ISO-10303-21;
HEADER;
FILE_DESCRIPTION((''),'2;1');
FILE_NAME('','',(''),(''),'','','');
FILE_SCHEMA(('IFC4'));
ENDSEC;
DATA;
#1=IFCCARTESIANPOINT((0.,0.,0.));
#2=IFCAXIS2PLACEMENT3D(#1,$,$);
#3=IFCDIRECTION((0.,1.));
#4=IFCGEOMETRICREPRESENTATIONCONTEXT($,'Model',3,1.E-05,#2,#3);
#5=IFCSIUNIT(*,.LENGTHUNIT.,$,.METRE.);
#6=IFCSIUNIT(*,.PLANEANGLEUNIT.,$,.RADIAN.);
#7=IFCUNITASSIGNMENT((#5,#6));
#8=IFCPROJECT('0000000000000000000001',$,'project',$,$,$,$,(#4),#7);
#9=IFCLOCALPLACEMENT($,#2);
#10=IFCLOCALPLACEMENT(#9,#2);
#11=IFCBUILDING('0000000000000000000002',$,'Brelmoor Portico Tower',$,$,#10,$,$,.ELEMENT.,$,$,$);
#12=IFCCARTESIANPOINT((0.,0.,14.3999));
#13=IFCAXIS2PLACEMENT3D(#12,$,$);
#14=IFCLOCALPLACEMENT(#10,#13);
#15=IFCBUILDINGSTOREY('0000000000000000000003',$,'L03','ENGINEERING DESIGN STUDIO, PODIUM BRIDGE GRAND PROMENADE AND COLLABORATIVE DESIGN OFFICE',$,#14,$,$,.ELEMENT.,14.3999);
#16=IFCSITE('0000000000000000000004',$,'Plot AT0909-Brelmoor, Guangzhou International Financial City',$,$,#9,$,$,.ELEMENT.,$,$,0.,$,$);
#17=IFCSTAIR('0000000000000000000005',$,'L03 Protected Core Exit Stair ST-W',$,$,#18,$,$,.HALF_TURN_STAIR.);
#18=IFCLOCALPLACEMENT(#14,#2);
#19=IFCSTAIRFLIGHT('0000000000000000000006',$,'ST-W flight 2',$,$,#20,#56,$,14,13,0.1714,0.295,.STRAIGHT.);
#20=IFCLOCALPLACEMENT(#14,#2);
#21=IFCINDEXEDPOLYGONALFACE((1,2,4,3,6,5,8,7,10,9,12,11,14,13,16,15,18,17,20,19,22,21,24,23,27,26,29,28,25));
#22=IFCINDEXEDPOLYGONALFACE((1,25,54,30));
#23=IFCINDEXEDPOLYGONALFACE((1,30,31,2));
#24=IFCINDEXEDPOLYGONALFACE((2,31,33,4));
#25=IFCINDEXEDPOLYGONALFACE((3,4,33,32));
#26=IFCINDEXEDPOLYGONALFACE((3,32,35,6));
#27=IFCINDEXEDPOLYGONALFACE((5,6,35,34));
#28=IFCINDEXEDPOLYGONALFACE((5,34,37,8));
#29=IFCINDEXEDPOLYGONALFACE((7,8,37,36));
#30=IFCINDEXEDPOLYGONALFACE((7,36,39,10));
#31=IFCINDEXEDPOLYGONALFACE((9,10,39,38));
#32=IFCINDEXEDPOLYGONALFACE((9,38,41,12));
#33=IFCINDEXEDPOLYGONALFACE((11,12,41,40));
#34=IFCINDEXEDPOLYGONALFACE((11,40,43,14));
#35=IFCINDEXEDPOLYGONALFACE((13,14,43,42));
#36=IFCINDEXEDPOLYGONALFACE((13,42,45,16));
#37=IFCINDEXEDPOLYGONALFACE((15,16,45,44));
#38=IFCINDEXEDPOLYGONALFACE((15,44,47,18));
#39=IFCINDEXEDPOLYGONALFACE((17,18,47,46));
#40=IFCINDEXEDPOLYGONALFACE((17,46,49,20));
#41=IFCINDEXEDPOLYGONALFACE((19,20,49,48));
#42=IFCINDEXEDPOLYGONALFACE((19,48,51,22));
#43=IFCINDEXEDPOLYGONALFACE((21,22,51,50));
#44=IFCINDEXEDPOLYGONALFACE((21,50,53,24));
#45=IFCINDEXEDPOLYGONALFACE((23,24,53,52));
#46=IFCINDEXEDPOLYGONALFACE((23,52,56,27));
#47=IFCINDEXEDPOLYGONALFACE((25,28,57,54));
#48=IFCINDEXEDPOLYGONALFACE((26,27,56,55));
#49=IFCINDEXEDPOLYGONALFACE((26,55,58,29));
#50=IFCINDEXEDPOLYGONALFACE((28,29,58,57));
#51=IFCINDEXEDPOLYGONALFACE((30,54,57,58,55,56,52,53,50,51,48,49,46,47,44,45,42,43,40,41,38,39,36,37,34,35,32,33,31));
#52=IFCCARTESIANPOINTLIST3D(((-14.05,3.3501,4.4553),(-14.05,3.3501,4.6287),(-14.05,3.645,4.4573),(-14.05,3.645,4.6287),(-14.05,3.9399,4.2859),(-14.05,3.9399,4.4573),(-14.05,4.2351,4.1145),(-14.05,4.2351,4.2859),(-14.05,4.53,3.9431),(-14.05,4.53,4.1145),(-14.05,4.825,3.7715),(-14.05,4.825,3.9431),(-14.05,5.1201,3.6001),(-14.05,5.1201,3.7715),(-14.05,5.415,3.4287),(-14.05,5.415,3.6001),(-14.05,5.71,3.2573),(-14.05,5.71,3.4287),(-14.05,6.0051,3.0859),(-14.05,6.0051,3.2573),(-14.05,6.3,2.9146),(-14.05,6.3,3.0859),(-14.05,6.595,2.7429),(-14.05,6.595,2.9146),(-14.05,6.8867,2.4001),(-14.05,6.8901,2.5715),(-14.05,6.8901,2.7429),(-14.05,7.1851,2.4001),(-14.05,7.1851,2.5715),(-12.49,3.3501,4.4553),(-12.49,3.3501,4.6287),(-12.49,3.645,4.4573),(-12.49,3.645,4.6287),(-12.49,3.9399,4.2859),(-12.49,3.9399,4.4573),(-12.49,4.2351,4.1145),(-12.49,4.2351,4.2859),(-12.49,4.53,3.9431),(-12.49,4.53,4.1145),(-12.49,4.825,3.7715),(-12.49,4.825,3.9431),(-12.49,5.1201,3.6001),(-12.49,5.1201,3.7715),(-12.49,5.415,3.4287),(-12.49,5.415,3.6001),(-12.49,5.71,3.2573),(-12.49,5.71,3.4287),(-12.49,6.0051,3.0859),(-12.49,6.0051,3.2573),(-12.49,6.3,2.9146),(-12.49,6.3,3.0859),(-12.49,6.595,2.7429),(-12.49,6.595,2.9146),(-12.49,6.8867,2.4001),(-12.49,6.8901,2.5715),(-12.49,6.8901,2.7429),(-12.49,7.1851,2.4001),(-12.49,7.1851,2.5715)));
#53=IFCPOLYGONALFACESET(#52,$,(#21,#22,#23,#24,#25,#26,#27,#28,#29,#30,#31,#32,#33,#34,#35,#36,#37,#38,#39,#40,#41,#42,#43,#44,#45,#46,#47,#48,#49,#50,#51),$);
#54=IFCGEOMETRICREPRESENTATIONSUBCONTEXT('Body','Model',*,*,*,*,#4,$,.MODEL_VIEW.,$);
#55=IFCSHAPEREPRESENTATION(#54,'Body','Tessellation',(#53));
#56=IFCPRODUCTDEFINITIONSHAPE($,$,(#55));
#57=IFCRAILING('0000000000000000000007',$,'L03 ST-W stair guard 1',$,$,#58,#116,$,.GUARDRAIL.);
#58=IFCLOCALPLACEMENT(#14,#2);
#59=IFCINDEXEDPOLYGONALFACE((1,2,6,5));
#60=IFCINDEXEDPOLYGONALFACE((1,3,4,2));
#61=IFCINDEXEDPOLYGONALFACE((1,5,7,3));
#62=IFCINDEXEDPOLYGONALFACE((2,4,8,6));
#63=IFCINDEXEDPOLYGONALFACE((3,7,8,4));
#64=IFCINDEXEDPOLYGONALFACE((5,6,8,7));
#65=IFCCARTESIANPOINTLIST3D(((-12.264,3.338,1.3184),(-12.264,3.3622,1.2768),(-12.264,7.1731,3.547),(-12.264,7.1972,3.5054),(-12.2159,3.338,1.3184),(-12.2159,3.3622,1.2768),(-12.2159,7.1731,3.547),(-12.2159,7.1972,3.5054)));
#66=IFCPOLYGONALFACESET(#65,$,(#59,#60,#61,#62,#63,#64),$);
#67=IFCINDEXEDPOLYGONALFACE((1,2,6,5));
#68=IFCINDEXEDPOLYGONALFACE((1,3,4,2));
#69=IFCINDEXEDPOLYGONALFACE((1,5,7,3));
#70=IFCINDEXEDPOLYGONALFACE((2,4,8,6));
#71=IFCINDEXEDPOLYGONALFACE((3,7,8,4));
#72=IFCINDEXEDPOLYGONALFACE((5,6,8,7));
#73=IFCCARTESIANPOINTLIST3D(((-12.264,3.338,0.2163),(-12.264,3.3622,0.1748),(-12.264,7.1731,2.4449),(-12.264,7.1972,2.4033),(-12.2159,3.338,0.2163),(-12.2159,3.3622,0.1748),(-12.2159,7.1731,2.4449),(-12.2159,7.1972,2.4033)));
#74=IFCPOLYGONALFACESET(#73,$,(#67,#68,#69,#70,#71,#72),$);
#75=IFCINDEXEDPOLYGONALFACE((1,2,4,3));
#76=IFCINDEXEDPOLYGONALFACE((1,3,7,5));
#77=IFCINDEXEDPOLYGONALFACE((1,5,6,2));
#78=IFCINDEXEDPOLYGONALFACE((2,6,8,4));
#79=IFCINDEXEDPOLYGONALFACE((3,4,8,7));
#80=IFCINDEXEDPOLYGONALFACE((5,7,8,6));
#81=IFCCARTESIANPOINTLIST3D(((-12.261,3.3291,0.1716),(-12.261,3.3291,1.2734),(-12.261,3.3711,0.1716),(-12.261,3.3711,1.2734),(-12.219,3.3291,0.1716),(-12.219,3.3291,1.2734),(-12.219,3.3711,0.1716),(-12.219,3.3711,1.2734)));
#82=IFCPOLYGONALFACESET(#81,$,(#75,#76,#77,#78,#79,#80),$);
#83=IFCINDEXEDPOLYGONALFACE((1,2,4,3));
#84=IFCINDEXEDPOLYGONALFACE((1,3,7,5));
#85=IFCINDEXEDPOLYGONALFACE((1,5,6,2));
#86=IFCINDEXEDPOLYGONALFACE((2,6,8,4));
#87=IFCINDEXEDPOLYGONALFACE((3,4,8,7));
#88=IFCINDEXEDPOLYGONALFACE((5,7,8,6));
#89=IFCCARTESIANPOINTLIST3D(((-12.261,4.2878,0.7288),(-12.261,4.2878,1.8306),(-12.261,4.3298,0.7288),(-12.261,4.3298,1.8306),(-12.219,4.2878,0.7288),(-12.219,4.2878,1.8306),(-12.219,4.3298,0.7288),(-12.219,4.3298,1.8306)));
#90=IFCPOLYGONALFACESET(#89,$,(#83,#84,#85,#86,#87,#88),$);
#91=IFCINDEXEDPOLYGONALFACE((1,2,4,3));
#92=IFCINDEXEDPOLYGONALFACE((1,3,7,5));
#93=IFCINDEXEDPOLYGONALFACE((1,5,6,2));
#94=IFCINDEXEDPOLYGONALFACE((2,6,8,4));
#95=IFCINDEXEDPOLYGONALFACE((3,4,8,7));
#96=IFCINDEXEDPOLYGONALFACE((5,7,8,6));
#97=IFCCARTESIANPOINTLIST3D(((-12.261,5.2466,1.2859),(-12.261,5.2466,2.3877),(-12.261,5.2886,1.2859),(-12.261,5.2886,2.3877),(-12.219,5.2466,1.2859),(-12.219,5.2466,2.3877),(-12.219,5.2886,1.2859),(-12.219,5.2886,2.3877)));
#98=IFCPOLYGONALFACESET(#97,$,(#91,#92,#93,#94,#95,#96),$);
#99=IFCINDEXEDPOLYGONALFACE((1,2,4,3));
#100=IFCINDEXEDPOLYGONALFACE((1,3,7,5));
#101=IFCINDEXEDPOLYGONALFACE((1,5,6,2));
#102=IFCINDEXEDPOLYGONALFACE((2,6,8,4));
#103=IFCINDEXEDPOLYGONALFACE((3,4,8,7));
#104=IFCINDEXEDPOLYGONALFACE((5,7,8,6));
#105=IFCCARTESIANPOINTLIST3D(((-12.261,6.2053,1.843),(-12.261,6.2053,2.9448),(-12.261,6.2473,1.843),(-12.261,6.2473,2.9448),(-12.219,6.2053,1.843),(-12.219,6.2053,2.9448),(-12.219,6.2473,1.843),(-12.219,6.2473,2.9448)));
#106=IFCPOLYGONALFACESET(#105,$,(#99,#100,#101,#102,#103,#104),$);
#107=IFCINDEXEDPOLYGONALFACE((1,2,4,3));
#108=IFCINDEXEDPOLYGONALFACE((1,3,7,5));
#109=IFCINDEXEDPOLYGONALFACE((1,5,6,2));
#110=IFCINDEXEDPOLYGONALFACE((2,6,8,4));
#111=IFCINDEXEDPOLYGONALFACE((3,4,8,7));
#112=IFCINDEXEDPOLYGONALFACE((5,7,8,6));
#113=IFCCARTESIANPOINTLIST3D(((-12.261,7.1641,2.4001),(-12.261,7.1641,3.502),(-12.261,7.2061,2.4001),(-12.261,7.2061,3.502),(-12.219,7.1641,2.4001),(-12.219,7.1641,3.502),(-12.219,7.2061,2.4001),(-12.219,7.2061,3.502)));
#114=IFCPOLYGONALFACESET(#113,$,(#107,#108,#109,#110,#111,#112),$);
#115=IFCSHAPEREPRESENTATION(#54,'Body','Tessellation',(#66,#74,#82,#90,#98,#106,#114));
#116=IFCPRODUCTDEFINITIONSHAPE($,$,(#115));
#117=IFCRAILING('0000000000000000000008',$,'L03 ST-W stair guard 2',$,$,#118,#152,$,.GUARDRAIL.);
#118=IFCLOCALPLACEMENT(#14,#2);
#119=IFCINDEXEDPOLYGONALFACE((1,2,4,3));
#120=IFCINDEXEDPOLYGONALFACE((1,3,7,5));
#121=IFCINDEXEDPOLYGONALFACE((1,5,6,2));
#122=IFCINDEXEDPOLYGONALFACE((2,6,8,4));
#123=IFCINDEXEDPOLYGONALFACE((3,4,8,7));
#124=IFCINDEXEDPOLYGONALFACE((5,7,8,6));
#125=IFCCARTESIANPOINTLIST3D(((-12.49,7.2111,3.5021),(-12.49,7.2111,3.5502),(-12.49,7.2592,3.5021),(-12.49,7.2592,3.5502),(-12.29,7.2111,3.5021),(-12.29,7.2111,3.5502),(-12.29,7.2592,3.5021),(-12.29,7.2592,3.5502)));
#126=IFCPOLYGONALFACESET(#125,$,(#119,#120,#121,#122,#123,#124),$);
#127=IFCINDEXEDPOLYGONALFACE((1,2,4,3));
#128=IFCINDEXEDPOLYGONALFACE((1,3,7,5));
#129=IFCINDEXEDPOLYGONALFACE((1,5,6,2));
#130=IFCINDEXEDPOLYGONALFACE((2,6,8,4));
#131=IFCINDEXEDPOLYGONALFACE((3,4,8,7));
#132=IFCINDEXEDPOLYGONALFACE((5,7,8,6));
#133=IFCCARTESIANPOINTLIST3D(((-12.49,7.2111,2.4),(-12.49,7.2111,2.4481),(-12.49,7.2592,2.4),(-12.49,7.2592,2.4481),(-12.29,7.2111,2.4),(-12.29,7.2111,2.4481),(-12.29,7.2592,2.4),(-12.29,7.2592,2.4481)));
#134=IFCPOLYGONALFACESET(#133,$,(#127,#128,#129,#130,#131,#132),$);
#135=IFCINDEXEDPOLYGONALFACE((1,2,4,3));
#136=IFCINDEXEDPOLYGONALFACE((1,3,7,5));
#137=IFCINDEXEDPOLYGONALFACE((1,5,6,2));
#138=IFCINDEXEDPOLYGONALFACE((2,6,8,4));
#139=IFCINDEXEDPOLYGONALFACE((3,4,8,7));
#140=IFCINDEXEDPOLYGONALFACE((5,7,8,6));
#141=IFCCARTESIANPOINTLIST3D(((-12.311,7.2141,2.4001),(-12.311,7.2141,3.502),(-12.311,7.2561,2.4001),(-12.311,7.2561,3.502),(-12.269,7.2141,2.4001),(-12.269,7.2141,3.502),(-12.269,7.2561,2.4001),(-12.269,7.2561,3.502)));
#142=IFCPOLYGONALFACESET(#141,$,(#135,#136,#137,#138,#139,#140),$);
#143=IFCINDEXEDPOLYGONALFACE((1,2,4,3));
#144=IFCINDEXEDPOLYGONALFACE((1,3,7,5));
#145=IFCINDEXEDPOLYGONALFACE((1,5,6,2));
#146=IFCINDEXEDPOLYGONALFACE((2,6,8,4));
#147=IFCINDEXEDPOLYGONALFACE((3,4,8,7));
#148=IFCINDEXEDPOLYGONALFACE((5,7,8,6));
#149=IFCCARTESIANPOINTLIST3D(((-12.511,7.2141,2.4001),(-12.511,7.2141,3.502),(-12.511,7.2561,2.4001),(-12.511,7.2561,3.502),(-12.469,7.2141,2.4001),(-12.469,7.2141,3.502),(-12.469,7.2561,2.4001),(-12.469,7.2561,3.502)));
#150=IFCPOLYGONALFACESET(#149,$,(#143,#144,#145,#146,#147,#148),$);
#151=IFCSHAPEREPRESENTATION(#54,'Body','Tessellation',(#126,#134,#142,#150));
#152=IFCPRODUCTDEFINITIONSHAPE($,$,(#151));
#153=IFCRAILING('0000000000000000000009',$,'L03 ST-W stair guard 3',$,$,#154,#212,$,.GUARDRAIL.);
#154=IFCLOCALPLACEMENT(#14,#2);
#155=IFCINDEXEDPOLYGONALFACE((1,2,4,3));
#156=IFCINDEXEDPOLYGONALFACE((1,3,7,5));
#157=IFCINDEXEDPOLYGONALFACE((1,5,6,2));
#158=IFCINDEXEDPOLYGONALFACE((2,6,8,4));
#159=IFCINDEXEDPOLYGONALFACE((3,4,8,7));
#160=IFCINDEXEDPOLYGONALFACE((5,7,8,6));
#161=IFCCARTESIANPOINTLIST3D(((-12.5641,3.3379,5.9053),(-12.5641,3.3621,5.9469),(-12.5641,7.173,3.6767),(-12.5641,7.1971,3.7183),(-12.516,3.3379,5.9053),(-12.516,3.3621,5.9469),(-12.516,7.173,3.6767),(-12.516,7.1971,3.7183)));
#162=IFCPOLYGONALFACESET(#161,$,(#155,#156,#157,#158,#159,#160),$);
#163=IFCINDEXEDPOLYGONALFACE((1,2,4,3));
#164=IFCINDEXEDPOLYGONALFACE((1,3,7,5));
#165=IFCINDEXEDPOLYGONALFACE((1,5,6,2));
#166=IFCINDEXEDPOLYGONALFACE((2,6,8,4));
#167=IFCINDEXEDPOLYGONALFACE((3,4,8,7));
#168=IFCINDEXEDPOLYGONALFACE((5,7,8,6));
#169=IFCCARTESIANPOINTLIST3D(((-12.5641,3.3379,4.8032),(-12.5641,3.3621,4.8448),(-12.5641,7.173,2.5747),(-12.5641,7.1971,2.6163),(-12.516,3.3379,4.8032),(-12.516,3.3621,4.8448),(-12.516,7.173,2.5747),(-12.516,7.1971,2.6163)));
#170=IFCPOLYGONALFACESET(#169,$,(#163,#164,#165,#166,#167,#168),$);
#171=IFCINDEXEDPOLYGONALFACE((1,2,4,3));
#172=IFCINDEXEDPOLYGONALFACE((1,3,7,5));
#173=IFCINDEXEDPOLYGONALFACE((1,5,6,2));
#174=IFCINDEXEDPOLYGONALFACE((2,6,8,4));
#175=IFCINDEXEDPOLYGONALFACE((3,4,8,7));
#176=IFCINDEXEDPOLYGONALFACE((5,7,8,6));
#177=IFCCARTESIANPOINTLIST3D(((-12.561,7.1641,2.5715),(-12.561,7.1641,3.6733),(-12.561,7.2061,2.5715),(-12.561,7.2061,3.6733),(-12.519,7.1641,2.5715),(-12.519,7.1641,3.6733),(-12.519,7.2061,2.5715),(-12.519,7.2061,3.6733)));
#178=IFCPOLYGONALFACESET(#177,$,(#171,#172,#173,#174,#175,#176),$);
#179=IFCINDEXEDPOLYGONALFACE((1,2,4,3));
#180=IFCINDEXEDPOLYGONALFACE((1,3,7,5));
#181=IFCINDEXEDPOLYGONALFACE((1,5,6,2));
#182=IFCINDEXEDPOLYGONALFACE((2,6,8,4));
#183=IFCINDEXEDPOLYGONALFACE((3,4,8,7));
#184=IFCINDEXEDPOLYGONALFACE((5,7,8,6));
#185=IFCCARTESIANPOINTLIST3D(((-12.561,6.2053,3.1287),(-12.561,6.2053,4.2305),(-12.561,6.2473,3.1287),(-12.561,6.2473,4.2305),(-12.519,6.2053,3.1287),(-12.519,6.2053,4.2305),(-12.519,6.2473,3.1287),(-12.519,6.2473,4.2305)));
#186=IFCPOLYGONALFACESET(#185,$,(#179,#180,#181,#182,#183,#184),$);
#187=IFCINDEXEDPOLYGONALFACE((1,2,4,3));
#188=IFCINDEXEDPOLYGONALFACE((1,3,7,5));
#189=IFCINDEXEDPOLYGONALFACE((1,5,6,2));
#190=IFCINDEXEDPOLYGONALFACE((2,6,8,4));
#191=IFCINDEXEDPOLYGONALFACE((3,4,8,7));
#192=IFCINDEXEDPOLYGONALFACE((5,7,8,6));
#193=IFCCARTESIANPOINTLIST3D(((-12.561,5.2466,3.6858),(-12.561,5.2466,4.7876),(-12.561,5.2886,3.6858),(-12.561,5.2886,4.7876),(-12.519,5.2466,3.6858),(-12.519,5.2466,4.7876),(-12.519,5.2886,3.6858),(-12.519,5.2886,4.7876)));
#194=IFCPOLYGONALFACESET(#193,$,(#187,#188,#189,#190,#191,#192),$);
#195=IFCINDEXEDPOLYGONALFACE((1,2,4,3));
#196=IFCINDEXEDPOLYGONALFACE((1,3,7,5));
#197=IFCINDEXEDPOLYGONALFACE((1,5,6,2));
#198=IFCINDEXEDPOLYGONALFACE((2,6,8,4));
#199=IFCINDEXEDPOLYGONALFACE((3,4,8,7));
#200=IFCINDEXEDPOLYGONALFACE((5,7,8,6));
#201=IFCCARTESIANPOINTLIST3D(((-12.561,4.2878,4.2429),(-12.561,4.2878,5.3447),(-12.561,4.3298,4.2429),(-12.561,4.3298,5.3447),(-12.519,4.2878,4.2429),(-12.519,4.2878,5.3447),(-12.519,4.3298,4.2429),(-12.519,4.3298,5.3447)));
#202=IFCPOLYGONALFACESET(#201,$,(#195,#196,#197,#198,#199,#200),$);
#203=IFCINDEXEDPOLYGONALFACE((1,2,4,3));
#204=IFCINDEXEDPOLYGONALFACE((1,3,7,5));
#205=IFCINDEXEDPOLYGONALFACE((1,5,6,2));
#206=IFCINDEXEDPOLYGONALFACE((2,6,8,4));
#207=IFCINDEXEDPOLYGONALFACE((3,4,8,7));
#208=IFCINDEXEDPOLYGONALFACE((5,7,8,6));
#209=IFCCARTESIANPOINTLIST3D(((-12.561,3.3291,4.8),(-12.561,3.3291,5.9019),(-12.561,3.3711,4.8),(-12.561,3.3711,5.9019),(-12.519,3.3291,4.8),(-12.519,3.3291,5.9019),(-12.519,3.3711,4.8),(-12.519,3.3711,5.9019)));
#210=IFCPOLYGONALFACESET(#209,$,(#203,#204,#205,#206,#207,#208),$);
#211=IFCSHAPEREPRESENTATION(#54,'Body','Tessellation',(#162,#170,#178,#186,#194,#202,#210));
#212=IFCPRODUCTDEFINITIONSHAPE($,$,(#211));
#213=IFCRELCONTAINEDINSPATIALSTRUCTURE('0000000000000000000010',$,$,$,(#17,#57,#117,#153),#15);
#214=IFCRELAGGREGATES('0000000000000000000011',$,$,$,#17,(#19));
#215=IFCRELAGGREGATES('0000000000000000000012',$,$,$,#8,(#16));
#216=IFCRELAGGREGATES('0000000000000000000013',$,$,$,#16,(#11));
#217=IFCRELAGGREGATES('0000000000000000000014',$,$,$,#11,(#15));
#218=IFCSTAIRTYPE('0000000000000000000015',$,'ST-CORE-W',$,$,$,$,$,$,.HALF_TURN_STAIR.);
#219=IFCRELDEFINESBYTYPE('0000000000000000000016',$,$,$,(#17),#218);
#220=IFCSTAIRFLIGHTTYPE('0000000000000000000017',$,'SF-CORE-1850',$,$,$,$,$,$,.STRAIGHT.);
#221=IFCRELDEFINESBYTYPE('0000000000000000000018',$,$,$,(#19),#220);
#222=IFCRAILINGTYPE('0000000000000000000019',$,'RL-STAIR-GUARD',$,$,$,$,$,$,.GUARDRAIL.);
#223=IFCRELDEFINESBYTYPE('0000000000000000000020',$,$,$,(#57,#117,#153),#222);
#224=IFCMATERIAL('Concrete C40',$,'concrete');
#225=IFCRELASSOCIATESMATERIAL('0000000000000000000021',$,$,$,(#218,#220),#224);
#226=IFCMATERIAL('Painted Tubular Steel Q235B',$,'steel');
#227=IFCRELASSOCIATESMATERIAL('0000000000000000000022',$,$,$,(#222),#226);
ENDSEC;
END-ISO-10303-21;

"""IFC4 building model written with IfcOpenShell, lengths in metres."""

from ifc_helpers import new_model, si_unit, direction, frame, origin, origin_2d, place, context, subcontext, project, spatial, polyline, rectangle, outline, extrude, material, type_object, element, aggregate, save


model = new_model("IFC4")

# Units and contexts
model_context = context("Model", 3, precision=1e-05, world=origin(), true_north=direction((0.0, 1.0)))
body_context = subcontext(model_context, "Body", "Model", "MODEL_VIEW")
ifc_project = project(units=[si_unit("LENGTHUNIT", "METRE"), si_unit("PLANEANGLEUNIT", "RADIAN")], contexts=[model_context])

# Site, building, storey
site_placement = place(None, origin())
site = spatial("IfcSite", under=ifc_project, at=site_placement, Name="Plot AT0909-Brelmoor, Guangzhou International Financial City", CompositionType="ELEMENT", RefElevation=0.0)
building_placement = place(site_placement, origin())
building = spatial("IfcBuilding", under=site, at=building_placement, Name="Brelmoor Portico Tower", CompositionType="ELEMENT")
storey_placement = place(building_placement, frame((0.0, 0.0, 14.3999)))
storey = spatial("IfcBuildingStorey", under=building, at=storey_placement, Name="L03", Description="ENGINEERING DESIGN STUDIO, PODIUM BRIDGE GRAND PROMENADE AND COLLABORATIVE DESIGN OFFICE", CompositionType="ELEMENT", Elevation=14.3999)

# Shared definitions
ifc_material_1 = material(Name="Concrete C40", Category="concrete")

# Stair, stair flight
stair_type = type_object("IfcStairType", Name="ST-CORE-W", PredefinedType="HALF_TURN_STAIR", material=ifc_material_1)
stair_placement = place(storey_placement, origin())
stair = element("IfcStair", 1, at=stair_placement, inside=storey, type_object=stair_type, Name="L03 Protected Core Exit Stair ST-W", PredefinedType="HALF_TURN_STAIR")
stair_flight_type = type_object("IfcStairFlightType", Name="SF-CORE-1850", PredefinedType="STRAIGHT", material=ifc_material_1)
stair_flight_1_placement = place(storey_placement, frame((-13.27, 7.1851, 2.4001), z_axis=(0.0, 0.0, 1.0), x_axis=(0.0, -1.0, 0.0)))
stair_flight_1 = element("IfcStairFlight", 2, at=stair_flight_1_placement, type_object=stair_flight_type, Name="ST-W flight 2", NumberOfRisers=14, NumberOfTreads=13, PredefinedType="STRAIGHT", RiserHeight=0.1714, TreadLength=0.295, context=body_context, shape_type="SweptSolid", body=[
    extrude(outline(polyline([(0.0, 0.0), (0.0, 0.1714), (0.2949, 0.1714), (0.2949, 0.3428), (0.5901, 0.3428), (0.5901, 0.5144), (0.885, 0.5144), (0.885, 0.6858), (1.1799, 0.6858), (1.1799, 0.8572), (1.4751, 0.8572), (1.4751, 1.0286), (1.77, 1.0286), (1.77, 1.2), (2.0649, 1.2), (2.0649, 1.3713), (2.3601, 1.3713), (2.3601, 1.543), (2.655, 1.543), (2.655, 1.7144), (2.95, 1.7144), (2.95, 1.8857), (3.2451, 1.8857), (3.2451, 2.0571), (3.54, 2.0571), (3.54, 2.2285), (3.835, 2.2285), (3.835, 2.3999), (3.835, 2.0552), (0.2983, 0.0), (0.0, 0.0)])), frame((0.0, 0.78, 0.0), z_axis=(0.0, -1.0, 0.0), x_axis=(1.0, 0.0, 0.0)), (0.0, 0.0, 1.0), 1.5601),
])
aggregate(stair, [stair_flight_1])

# Railings
ifc_material_2 = material(Name="Painted Tubular Steel Q235B", Category="steel")
railing_type_1 = type_object("IfcRailingType", Name="RL-STAIR-GUARD", PredefinedType="GUARDRAIL", material=ifc_material_2)
railing_1_placement = place(storey_placement, frame((-12.24, 3.3501, 0.1716)))
element("IfcRailing", 3, at=railing_1_placement, inside=storey, type_object=railing_type_1, Name="L03 ST-W stair guard 1", PredefinedType="GUARDRAIL", context=body_context, shape_type="SweptSolid", body=[
    extrude(rectangle(XDim=0.0481, YDim=0.0481, at=origin_2d()), frame((0.0, 0.0, 1.126), z_axis=(0.0, 0.864616, 0.502433), x_axis=(-1.0, 0.0, 0.0)), (0.0, 0.0, 1.0), 4.4355),
    extrude(rectangle(XDim=0.0481, YDim=0.0481, at=origin_2d()), frame((0.0, 0.0, 0.0239), z_axis=(0.0, 0.864616, 0.502433), x_axis=(-1.0, 0.0, 0.0)), (0.0, 0.0, 1.0), 4.4355),
    extrude(rectangle(XDim=0.042, YDim=0.042, at=origin_2d()), origin(), (0.0, 0.0, 1.0), 1.1018),
    extrude(rectangle(XDim=0.042, YDim=0.042, at=origin_2d()), frame((0.0, 0.9587, 0.5571)), (0.0, 0.0, 1.0), 1.1018),
    extrude(rectangle(XDim=0.042, YDim=0.042, at=origin_2d()), frame((0.0, 1.9175, 1.1143)), (0.0, 0.0, 1.0), 1.1018),
    extrude(rectangle(XDim=0.042, YDim=0.042, at=origin_2d()), frame((0.0, 2.8762, 1.6714)), (0.0, 0.0, 1.0), 1.1018),
    extrude(rectangle(XDim=0.042, YDim=0.042, at=origin_2d()), frame((0.0, 3.835, 2.2285)), (0.0, 0.0, 1.0), 1.1018),
])
railing_2_placement = place(storey_placement, frame((-12.29, 7.2351, 2.4001)))
element("IfcRailing", 4, at=railing_2_placement, inside=storey, type_object=railing_type_1, Name="L03 ST-W stair guard 2", PredefinedType="GUARDRAIL", context=body_context, shape_type="SweptSolid", body=[
    extrude(rectangle(XDim=0.0481, YDim=0.0481, at=origin_2d()), frame((0.0, 0.0, 1.126), z_axis=(-1.0, 0.0, 0.0), x_axis=(0.0, -1.0, 0.0)), (0.0, 0.0, 1.0), 0.2),
    extrude(rectangle(XDim=0.0481, YDim=0.0481, at=origin_2d()), frame((0.0, 0.0, 0.0239), z_axis=(-1.0, 0.0, 0.0), x_axis=(0.0, -1.0, 0.0)), (0.0, 0.0, 1.0), 0.2),
    extrude(rectangle(XDim=0.042, YDim=0.042, at=origin_2d()), origin(), (0.0, 0.0, 1.0), 1.1018),
    extrude(rectangle(XDim=0.042, YDim=0.042, at=origin_2d()), frame((-0.2, 0.0, 0.0)), (0.0, 0.0, 1.0), 1.1018),
])
railing_3_placement = place(storey_placement, frame((-12.54, 7.1851, 2.5715)))
element("IfcRailing", 5, at=railing_3_placement, inside=storey, type_object=railing_type_1, Name="L03 ST-W stair guard 3", PredefinedType="GUARDRAIL", context=body_context, shape_type="SweptSolid", body=[
    extrude(rectangle(XDim=0.0481, YDim=0.0481, at=origin_2d()), frame((0.0, 0.0, 1.126), z_axis=(0.0, -0.864616, 0.502433), x_axis=(1.0, 0.0, 0.0)), (0.0, 0.0, 1.0), 4.4355),
    extrude(rectangle(XDim=0.0481, YDim=0.0481, at=origin_2d()), frame((0.0, 0.0, 0.0239), z_axis=(0.0, -0.864616, 0.502433), x_axis=(1.0, 0.0, 0.0)), (0.0, 0.0, 1.0), 4.4355),
    extrude(rectangle(XDim=0.042, YDim=0.042, at=origin_2d()), origin(), (0.0, 0.0, 1.0), 1.1018),
    extrude(rectangle(XDim=0.042, YDim=0.042, at=origin_2d()), frame((0.0, -0.9587, 0.5571)), (0.0, 0.0, 1.0), 1.1018),
    extrude(rectangle(XDim=0.042, YDim=0.042, at=origin_2d()), frame((0.0, -1.9175, 1.1143)), (0.0, 0.0, 1.0), 1.1018),
    extrude(rectangle(XDim=0.042, YDim=0.042, at=origin_2d()), frame((0.0, -2.8762, 1.6714)), (0.0, 0.0, 1.0), 1.1018),
    extrude(rectangle(XDim=0.042, YDim=0.042, at=origin_2d()), frame((0.0, -3.835, 2.2285)), (0.0, 0.0, 1.0), 1.1018),
])

save(model, "model.ifc")
